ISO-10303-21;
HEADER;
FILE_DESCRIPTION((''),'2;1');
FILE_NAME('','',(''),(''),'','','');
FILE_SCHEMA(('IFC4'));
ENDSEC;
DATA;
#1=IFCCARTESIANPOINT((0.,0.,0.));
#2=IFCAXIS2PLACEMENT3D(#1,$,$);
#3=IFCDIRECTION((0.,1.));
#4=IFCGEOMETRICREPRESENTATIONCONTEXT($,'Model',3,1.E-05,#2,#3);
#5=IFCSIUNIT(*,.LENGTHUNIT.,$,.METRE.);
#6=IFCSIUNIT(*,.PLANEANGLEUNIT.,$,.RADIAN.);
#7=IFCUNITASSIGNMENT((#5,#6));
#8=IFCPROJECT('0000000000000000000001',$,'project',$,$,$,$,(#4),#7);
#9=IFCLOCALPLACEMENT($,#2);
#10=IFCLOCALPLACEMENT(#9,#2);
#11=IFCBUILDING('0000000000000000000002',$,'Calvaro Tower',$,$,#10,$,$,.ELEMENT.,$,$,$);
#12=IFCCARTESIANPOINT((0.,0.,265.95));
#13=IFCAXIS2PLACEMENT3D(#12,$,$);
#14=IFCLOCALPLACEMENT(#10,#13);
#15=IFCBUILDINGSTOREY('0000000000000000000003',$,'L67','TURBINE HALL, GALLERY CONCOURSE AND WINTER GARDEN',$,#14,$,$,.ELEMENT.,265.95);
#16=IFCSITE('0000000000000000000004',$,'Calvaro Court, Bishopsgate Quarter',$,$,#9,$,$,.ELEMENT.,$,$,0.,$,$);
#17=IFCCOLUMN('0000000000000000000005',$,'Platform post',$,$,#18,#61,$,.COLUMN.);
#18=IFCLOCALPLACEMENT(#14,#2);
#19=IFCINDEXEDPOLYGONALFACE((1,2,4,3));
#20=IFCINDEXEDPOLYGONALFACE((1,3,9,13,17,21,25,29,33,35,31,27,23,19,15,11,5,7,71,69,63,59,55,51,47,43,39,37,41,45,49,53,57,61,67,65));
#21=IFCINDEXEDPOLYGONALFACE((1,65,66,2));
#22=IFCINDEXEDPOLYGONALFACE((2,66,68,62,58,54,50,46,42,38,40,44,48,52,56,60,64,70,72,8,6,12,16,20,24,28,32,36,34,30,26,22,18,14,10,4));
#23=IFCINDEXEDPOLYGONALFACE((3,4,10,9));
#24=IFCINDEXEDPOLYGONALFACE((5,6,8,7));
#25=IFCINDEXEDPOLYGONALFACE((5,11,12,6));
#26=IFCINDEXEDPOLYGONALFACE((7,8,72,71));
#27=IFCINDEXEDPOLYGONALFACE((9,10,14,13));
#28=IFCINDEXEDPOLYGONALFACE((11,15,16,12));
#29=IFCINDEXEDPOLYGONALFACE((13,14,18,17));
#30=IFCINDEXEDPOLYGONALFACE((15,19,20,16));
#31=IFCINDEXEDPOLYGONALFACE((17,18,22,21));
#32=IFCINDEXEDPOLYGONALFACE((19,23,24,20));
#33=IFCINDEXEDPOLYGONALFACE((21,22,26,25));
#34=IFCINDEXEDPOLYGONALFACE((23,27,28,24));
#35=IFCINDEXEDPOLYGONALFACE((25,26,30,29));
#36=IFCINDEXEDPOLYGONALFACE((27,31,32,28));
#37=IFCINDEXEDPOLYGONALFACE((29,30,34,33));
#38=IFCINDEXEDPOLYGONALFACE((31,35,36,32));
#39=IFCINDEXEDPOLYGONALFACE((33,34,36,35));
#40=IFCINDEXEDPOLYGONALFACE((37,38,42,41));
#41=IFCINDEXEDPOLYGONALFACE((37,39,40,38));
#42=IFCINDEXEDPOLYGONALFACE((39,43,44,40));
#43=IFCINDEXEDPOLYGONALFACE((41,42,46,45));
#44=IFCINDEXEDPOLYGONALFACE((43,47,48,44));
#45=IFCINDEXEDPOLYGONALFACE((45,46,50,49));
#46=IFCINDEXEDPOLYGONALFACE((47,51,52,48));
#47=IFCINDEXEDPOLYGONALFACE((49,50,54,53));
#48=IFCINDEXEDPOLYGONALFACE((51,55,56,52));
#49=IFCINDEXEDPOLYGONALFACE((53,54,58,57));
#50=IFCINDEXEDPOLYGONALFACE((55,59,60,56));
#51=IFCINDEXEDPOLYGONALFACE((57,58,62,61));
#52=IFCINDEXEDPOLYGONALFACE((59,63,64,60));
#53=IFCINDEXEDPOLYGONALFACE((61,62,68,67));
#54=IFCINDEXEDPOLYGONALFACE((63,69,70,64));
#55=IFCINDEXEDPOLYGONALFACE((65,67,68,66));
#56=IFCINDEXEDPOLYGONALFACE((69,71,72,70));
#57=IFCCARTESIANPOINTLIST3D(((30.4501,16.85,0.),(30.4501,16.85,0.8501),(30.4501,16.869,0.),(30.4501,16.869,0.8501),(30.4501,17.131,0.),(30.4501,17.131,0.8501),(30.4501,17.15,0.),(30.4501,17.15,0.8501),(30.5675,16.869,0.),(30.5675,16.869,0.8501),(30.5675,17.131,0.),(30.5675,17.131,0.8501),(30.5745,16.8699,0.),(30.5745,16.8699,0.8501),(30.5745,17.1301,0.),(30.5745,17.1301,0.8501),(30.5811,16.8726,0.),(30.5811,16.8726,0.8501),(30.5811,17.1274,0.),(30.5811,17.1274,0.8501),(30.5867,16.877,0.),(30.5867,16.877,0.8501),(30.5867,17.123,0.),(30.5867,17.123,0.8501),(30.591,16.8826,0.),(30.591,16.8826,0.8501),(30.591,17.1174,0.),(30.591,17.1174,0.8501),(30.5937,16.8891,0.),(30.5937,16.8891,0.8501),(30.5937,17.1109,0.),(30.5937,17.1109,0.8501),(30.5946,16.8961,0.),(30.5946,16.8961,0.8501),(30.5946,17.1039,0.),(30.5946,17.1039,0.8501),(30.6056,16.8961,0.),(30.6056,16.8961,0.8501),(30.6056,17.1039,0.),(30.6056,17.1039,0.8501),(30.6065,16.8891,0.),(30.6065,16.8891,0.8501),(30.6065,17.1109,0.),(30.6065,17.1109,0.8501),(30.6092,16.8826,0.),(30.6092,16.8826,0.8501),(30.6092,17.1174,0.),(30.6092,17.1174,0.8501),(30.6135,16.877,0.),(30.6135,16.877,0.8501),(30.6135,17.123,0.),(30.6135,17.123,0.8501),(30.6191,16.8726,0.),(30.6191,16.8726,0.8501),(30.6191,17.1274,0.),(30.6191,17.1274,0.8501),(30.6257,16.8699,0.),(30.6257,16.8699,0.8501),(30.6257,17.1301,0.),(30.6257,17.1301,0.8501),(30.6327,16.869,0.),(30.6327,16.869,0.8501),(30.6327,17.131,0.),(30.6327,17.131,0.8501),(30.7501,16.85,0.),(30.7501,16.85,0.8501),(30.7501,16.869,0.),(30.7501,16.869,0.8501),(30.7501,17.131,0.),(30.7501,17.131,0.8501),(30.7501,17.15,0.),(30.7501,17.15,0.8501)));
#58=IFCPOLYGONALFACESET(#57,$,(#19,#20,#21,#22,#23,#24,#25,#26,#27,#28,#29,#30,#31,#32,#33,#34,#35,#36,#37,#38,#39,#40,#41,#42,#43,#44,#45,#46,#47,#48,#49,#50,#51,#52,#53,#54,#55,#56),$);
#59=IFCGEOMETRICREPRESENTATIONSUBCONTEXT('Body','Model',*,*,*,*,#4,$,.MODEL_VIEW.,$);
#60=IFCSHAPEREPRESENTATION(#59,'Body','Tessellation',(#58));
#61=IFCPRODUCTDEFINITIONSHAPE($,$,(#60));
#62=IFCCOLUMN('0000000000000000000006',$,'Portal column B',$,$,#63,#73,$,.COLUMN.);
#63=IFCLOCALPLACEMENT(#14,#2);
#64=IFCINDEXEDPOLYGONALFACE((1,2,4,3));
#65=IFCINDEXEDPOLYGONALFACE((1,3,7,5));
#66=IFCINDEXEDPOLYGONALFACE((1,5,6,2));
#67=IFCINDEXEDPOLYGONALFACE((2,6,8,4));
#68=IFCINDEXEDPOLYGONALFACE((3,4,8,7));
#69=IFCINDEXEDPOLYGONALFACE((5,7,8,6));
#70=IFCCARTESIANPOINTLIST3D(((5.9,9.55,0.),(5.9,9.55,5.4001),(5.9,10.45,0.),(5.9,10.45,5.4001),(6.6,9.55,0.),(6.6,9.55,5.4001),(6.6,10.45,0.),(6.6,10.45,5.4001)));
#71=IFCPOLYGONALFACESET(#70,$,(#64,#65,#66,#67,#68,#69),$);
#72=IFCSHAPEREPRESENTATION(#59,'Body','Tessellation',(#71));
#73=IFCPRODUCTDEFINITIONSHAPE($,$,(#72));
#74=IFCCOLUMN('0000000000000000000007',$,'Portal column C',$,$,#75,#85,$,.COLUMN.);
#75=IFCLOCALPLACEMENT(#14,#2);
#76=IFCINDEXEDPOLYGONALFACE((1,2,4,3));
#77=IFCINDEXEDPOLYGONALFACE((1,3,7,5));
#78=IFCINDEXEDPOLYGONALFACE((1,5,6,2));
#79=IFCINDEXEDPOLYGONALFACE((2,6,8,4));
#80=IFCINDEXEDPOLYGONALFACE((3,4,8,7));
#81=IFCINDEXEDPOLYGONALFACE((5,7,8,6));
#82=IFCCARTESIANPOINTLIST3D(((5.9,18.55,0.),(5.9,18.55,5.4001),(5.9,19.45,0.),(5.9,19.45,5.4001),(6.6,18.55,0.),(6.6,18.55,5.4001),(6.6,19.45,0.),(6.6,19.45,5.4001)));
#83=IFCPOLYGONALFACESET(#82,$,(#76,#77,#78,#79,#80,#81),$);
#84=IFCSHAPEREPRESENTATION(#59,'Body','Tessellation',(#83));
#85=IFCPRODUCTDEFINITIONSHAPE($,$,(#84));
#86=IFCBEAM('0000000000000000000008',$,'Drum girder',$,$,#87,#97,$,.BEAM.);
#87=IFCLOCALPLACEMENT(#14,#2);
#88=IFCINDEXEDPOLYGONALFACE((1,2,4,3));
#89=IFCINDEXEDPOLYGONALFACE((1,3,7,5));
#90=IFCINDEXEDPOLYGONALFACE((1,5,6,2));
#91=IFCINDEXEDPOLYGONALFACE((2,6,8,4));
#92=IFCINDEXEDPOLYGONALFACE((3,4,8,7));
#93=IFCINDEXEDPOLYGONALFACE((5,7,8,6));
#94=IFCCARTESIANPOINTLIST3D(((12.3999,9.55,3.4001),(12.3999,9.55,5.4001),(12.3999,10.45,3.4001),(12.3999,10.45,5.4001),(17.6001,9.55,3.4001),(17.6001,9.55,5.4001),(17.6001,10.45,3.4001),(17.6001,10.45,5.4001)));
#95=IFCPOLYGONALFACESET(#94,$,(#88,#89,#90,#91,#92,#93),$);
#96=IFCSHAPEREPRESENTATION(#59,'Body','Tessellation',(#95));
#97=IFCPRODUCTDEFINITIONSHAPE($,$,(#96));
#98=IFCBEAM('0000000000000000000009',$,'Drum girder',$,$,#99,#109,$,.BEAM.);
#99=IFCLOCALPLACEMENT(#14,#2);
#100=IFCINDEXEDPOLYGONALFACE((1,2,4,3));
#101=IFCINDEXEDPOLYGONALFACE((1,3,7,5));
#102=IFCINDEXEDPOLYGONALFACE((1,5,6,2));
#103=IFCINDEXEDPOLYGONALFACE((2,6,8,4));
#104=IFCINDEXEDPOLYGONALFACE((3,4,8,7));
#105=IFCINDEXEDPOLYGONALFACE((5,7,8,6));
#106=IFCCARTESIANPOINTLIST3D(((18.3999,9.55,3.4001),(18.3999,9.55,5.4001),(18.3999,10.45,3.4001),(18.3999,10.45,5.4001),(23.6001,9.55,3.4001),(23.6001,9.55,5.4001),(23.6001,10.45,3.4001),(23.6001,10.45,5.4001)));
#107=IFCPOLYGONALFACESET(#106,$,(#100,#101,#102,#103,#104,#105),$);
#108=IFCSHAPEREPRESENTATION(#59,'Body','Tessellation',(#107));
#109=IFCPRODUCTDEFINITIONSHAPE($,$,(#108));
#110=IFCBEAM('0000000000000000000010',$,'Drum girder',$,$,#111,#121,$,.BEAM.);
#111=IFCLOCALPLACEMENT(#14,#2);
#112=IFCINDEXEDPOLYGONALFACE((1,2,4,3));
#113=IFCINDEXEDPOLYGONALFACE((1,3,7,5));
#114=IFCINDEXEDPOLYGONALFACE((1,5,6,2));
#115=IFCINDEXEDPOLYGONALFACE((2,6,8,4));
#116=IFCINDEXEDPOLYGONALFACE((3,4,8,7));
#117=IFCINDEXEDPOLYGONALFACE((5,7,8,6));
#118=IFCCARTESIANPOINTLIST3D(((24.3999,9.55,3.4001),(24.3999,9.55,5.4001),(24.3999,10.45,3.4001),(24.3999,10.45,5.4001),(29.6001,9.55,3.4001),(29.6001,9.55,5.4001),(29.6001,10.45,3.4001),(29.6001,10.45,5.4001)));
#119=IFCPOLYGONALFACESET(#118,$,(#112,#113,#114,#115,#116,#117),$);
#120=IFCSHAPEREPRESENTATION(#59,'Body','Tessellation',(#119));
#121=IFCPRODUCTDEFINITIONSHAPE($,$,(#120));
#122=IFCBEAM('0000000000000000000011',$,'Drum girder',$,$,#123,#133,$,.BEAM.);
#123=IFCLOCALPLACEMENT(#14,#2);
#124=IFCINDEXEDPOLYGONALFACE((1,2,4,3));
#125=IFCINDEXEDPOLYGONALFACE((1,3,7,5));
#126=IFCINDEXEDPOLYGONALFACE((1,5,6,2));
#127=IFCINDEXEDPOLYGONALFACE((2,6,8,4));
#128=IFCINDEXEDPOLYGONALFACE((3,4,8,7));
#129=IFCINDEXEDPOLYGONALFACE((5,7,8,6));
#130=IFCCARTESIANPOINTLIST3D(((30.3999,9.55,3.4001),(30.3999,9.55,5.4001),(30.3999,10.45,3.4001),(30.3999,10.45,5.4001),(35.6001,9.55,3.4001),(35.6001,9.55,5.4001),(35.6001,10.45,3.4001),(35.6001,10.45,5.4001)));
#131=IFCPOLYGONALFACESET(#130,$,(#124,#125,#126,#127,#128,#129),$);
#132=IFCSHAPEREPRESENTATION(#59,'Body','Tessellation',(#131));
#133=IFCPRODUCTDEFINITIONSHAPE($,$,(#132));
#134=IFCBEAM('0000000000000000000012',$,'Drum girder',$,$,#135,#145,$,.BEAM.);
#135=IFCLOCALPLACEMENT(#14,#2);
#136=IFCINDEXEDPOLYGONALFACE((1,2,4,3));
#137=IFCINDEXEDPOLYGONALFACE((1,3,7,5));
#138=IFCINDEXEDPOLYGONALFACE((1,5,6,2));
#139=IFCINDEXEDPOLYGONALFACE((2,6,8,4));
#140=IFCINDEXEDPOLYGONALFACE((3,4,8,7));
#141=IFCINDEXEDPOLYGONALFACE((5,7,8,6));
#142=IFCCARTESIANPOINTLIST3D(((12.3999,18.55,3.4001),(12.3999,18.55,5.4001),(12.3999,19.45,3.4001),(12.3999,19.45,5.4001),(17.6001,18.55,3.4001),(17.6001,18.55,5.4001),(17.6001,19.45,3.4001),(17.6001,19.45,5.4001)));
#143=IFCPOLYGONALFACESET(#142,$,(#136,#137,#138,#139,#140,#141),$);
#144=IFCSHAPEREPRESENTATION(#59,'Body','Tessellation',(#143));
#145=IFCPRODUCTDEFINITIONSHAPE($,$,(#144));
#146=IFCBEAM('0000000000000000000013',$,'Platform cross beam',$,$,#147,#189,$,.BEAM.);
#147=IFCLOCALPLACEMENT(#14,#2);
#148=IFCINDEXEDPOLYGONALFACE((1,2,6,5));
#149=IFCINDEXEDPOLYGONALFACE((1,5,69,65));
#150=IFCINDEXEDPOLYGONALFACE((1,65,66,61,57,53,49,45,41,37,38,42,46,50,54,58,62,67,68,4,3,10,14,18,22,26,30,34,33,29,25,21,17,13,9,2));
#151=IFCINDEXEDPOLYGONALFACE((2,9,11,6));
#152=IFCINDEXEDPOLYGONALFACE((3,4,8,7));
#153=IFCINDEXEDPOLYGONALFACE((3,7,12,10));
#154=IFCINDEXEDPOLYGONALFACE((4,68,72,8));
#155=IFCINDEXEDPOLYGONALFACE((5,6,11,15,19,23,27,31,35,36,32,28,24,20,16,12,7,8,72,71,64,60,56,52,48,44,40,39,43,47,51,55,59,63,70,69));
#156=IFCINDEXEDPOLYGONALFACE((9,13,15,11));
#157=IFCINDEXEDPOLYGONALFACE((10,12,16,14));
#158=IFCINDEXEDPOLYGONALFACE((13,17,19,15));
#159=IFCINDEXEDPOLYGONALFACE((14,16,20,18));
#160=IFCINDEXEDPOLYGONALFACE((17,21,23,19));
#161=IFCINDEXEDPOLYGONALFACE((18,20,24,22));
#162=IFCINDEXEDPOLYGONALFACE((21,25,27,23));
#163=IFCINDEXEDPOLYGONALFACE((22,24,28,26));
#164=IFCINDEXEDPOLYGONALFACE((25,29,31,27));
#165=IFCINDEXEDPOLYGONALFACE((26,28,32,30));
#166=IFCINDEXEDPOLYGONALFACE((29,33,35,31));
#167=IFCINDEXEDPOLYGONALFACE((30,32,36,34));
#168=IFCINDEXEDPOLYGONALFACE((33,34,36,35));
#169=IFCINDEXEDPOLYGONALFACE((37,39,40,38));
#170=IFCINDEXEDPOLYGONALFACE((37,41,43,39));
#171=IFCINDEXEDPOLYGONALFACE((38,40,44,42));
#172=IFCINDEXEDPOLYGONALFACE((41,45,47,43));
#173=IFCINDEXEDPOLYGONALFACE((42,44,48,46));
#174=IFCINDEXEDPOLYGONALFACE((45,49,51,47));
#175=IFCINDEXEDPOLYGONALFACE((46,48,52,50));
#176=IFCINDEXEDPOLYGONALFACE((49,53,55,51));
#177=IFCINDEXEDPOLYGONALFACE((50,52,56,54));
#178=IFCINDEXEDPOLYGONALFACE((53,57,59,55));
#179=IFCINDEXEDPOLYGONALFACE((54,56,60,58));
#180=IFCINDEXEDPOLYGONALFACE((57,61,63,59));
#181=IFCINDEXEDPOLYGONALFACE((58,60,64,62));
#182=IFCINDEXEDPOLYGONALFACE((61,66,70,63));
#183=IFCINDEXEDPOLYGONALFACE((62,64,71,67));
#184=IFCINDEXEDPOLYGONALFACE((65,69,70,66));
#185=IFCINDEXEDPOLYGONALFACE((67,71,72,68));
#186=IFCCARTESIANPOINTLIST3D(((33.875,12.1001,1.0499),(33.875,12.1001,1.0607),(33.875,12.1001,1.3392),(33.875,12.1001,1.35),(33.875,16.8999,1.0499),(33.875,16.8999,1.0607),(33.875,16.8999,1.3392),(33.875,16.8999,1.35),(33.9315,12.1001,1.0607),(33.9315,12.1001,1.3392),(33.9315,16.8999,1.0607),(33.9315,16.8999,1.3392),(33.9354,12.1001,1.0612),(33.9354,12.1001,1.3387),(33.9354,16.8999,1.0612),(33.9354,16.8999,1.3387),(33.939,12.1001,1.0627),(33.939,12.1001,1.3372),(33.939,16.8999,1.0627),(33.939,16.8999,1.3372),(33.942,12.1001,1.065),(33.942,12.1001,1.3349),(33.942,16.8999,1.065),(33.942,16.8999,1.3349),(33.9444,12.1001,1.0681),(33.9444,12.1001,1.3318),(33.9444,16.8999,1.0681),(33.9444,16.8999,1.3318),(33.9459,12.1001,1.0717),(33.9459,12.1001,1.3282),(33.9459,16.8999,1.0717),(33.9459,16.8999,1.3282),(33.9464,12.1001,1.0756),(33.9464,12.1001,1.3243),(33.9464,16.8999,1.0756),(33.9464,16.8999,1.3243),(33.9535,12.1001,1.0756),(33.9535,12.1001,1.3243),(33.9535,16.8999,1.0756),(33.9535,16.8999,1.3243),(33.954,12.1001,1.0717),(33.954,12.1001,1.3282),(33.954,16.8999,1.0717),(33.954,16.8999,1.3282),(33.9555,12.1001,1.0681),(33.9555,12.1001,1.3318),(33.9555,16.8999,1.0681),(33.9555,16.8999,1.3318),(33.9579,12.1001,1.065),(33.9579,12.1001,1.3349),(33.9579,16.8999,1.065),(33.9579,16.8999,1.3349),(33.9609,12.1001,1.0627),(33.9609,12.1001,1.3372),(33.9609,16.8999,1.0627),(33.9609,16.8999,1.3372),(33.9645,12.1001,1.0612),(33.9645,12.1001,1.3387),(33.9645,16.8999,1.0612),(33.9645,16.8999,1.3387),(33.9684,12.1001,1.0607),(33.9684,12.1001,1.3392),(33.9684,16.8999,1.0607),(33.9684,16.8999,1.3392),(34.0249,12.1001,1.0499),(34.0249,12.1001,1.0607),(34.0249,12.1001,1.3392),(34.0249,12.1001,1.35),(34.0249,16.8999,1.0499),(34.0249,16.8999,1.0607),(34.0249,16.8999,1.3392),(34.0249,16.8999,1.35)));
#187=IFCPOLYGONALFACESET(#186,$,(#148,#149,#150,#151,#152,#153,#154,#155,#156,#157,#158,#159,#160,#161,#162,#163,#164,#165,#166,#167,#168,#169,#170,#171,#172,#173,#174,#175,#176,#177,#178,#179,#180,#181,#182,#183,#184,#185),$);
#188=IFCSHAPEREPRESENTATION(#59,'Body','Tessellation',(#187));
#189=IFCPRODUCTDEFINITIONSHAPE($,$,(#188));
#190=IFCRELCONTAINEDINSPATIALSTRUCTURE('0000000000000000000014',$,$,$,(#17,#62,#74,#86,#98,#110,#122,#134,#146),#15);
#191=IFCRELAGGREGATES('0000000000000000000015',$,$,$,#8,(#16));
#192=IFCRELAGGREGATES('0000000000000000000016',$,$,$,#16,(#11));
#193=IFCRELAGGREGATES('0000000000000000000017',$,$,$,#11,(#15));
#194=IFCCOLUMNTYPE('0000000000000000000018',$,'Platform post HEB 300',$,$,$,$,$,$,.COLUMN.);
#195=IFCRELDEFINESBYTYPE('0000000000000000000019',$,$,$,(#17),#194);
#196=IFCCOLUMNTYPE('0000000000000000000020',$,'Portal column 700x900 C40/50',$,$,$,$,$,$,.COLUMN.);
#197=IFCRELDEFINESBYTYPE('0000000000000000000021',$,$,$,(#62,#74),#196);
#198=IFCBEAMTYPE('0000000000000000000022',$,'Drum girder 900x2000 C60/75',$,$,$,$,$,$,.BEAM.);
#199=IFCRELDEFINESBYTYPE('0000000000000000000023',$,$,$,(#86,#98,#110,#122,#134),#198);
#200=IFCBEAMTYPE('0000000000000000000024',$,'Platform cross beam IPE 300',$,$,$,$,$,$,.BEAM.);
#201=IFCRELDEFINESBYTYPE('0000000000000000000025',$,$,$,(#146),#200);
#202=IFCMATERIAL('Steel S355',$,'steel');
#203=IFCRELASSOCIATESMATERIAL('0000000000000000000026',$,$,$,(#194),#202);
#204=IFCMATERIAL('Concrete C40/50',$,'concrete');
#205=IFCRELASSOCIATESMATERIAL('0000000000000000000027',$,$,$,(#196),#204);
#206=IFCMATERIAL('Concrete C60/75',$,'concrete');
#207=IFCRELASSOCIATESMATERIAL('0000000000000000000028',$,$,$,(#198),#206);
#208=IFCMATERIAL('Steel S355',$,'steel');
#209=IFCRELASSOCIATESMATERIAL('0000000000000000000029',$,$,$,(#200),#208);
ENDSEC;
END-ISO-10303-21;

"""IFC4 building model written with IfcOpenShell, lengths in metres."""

from ifc_helpers import new_model, si_unit, direction, frame, origin, origin_2d, place, context, subcontext, project, spatial, rectangle, i_section, extrude, material, material_profile, profile_set, type_object, element, save


model = new_model("IFC4")

# Units and contexts
model_context = context("Model", 3, precision=1e-05, world=origin(), true_north=direction((0.0, 1.0)))
body_context = subcontext(model_context, "Body", "Model", "MODEL_VIEW")
ifc_project = project(units=[si_unit("LENGTHUNIT", "METRE"), si_unit("PLANEANGLEUNIT", "RADIAN")], contexts=[model_context])

# Site, building, storey
site_placement = place(None, origin())
site = spatial("IfcSite", under=ifc_project, at=site_placement, Name="Calvaro Court, Bishopsgate Quarter", CompositionType="ELEMENT", RefElevation=0.0)
building_placement = place(site_placement, origin())
building = spatial("IfcBuilding", under=site, at=building_placement, Name="Calvaro Tower", CompositionType="ELEMENT")
storey_placement = place(building_placement, frame((0.0, 0.0, 265.95)))
storey = spatial("IfcBuildingStorey", under=building, at=storey_placement, Name="L67", Description="TURBINE HALL, GALLERY CONCOURSE AND WINTER GARDEN", CompositionType="ELEMENT", Elevation=265.95)

# Columns
ifc_material_1 = material(Name="Steel S355", Category="steel")
ifc_material_profile_1 = material_profile(ifc_material_1, i_section(OverallWidth=0.3, OverallDepth=0.3, WebThickness=0.011, FlangeThickness=0.019, FilletRadius=0.0271, at=origin_2d()), Name="HEB 300")
ifc_profile_set_1 = profile_set([ifc_material_profile_1], Name="Steel S355")
column_type_1 = type_object("IfcColumnType", Name="Platform post HEB 300", PredefinedType="COLUMN", material=ifc_profile_set_1)
for number, where, z_axis, x_axis, name in (
    (1, (30.6001, 17.0, 0.0), (0.0, 0.0, 1.0), (1.0, 0.0, 0.0), "Platform post"),
):
    element("IfcColumn", number, at=place(storey_placement, frame(where, z_axis=z_axis, x_axis=x_axis)), inside=storey, type_object=column_type_1, Name=name, PredefinedType="COLUMN", context=body_context, shape_type="SweptSolid", body=[
        extrude(i_section(OverallWidth=0.3, OverallDepth=0.3, WebThickness=0.011, FlangeThickness=0.019, FilletRadius=0.0271, at=origin_2d()), origin(), (0.0, 0.0, 1.0), 0.8501),
    ])
ifc_material_2 = material(Name="Concrete C40/50", Category="concrete")
ifc_material_profile_2 = material_profile(ifc_material_2, rectangle(XDim=0.7, YDim=0.8999, at=origin_2d()), Name="RC 700x900")
ifc_profile_set_2 = profile_set([ifc_material_profile_2], Name="Concrete C40/50")
column_type_2 = type_object("IfcColumnType", Name="Portal column 700x900 C40/50", PredefinedType="COLUMN", material=ifc_profile_set_2)
for number, where, z_axis, x_axis, name in (
    (2, (6.25, 10.0, 0.0), (0.0, 0.0, 1.0), (1.0, 0.0, 0.0), "Portal column B"),
    (3, (6.25, 19.0, 0.0), (0.0, 0.0, 1.0), (1.0, 0.0, 0.0), "Portal column C"),
):
    element("IfcColumn", number, at=place(storey_placement, frame(where, z_axis=z_axis, x_axis=x_axis)), inside=storey, type_object=column_type_2, Name=name, PredefinedType="COLUMN", context=body_context, shape_type="SweptSolid", body=[
        extrude(rectangle(XDim=0.7, YDim=0.8999, at=origin_2d()), origin(), (0.0, 0.0, 1.0), 5.4001),
    ])

# Beams
ifc_material_3 = material(Name="Concrete C60/75", Category="concrete")
ifc_material_profile_3 = material_profile(ifc_material_3, rectangle(XDim=0.8999, YDim=2.0, at=origin_2d()), Name="RC 900x2000")
ifc_profile_set_3 = profile_set([ifc_material_profile_3], Name="Concrete C60/75")
beam_type_1 = type_object("IfcBeamType", Name="Drum girder 900x2000 C60/75", PredefinedType="BEAM", material=ifc_profile_set_3)
for number, where, z_axis, x_axis, name in (
    (4, (12.3999, 10.0, 4.4001), (1.0, 0.0, 0.0), (0.0, 1.0, 0.0), "Drum girder"),
    (5, (18.3999, 10.0, 4.4001), (1.0, 0.0, 0.0), (0.0, 1.0, 0.0), "Drum girder"),
    (6, (24.3999, 10.0, 4.4001), (1.0, 0.0, 0.0), (0.0, 1.0, 0.0), "Drum girder"),
    (7, (30.3999, 10.0, 4.4001), (1.0, 0.0, 0.0), (0.0, 1.0, 0.0), "Drum girder"),
    (8, (12.3999, 19.0, 4.4001), (1.0, 0.0, 0.0), (0.0, 1.0, 0.0), "Drum girder"),
):
    element("IfcBeam", number, at=place(storey_placement, frame(where, z_axis=z_axis, x_axis=x_axis)), inside=storey, type_object=beam_type_1, Name=name, PredefinedType="BEAM", context=body_context, shape_type="SweptSolid", body=[
        extrude(rectangle(XDim=0.8999, YDim=2.0, at=origin_2d()), origin(), (0.0, 0.0, 1.0), 5.2002),
    ])
ifc_material_4 = material(Name="Steel S355", Category="steel")
ifc_material_profile_4 = material_profile(ifc_material_4, i_section(OverallWidth=0.1499, OverallDepth=0.3, WebThickness=0.0071, FlangeThickness=0.0107, FilletRadius=0.0149, at=origin_2d()), Name="IPE 300")
ifc_profile_set_4 = profile_set([ifc_material_profile_4], Name="Steel S355")
beam_type_2 = type_object("IfcBeamType", Name="Platform cross beam IPE 300", PredefinedType="BEAM", material=ifc_profile_set_4)
beam_1_placement = place(storey_placement, frame((33.95, 12.1001, 1.2), z_axis=(0.0, 1.0, 0.0), x_axis=(-1.0, 0.0, 0.0)))
element("IfcBeam", 9, at=beam_1_placement, inside=storey, type_object=beam_type_2, Name="Platform cross beam", PredefinedType="BEAM", context=body_context, shape_type="SweptSolid", body=[
    extrude(i_section(OverallWidth=0.1499, OverallDepth=0.3, WebThickness=0.0071, FlangeThickness=0.0107, FilletRadius=0.0149, at=origin_2d()), origin(), (0.0, 0.0, 1.0), 4.7998),
])

save(model, "model.ifc")
